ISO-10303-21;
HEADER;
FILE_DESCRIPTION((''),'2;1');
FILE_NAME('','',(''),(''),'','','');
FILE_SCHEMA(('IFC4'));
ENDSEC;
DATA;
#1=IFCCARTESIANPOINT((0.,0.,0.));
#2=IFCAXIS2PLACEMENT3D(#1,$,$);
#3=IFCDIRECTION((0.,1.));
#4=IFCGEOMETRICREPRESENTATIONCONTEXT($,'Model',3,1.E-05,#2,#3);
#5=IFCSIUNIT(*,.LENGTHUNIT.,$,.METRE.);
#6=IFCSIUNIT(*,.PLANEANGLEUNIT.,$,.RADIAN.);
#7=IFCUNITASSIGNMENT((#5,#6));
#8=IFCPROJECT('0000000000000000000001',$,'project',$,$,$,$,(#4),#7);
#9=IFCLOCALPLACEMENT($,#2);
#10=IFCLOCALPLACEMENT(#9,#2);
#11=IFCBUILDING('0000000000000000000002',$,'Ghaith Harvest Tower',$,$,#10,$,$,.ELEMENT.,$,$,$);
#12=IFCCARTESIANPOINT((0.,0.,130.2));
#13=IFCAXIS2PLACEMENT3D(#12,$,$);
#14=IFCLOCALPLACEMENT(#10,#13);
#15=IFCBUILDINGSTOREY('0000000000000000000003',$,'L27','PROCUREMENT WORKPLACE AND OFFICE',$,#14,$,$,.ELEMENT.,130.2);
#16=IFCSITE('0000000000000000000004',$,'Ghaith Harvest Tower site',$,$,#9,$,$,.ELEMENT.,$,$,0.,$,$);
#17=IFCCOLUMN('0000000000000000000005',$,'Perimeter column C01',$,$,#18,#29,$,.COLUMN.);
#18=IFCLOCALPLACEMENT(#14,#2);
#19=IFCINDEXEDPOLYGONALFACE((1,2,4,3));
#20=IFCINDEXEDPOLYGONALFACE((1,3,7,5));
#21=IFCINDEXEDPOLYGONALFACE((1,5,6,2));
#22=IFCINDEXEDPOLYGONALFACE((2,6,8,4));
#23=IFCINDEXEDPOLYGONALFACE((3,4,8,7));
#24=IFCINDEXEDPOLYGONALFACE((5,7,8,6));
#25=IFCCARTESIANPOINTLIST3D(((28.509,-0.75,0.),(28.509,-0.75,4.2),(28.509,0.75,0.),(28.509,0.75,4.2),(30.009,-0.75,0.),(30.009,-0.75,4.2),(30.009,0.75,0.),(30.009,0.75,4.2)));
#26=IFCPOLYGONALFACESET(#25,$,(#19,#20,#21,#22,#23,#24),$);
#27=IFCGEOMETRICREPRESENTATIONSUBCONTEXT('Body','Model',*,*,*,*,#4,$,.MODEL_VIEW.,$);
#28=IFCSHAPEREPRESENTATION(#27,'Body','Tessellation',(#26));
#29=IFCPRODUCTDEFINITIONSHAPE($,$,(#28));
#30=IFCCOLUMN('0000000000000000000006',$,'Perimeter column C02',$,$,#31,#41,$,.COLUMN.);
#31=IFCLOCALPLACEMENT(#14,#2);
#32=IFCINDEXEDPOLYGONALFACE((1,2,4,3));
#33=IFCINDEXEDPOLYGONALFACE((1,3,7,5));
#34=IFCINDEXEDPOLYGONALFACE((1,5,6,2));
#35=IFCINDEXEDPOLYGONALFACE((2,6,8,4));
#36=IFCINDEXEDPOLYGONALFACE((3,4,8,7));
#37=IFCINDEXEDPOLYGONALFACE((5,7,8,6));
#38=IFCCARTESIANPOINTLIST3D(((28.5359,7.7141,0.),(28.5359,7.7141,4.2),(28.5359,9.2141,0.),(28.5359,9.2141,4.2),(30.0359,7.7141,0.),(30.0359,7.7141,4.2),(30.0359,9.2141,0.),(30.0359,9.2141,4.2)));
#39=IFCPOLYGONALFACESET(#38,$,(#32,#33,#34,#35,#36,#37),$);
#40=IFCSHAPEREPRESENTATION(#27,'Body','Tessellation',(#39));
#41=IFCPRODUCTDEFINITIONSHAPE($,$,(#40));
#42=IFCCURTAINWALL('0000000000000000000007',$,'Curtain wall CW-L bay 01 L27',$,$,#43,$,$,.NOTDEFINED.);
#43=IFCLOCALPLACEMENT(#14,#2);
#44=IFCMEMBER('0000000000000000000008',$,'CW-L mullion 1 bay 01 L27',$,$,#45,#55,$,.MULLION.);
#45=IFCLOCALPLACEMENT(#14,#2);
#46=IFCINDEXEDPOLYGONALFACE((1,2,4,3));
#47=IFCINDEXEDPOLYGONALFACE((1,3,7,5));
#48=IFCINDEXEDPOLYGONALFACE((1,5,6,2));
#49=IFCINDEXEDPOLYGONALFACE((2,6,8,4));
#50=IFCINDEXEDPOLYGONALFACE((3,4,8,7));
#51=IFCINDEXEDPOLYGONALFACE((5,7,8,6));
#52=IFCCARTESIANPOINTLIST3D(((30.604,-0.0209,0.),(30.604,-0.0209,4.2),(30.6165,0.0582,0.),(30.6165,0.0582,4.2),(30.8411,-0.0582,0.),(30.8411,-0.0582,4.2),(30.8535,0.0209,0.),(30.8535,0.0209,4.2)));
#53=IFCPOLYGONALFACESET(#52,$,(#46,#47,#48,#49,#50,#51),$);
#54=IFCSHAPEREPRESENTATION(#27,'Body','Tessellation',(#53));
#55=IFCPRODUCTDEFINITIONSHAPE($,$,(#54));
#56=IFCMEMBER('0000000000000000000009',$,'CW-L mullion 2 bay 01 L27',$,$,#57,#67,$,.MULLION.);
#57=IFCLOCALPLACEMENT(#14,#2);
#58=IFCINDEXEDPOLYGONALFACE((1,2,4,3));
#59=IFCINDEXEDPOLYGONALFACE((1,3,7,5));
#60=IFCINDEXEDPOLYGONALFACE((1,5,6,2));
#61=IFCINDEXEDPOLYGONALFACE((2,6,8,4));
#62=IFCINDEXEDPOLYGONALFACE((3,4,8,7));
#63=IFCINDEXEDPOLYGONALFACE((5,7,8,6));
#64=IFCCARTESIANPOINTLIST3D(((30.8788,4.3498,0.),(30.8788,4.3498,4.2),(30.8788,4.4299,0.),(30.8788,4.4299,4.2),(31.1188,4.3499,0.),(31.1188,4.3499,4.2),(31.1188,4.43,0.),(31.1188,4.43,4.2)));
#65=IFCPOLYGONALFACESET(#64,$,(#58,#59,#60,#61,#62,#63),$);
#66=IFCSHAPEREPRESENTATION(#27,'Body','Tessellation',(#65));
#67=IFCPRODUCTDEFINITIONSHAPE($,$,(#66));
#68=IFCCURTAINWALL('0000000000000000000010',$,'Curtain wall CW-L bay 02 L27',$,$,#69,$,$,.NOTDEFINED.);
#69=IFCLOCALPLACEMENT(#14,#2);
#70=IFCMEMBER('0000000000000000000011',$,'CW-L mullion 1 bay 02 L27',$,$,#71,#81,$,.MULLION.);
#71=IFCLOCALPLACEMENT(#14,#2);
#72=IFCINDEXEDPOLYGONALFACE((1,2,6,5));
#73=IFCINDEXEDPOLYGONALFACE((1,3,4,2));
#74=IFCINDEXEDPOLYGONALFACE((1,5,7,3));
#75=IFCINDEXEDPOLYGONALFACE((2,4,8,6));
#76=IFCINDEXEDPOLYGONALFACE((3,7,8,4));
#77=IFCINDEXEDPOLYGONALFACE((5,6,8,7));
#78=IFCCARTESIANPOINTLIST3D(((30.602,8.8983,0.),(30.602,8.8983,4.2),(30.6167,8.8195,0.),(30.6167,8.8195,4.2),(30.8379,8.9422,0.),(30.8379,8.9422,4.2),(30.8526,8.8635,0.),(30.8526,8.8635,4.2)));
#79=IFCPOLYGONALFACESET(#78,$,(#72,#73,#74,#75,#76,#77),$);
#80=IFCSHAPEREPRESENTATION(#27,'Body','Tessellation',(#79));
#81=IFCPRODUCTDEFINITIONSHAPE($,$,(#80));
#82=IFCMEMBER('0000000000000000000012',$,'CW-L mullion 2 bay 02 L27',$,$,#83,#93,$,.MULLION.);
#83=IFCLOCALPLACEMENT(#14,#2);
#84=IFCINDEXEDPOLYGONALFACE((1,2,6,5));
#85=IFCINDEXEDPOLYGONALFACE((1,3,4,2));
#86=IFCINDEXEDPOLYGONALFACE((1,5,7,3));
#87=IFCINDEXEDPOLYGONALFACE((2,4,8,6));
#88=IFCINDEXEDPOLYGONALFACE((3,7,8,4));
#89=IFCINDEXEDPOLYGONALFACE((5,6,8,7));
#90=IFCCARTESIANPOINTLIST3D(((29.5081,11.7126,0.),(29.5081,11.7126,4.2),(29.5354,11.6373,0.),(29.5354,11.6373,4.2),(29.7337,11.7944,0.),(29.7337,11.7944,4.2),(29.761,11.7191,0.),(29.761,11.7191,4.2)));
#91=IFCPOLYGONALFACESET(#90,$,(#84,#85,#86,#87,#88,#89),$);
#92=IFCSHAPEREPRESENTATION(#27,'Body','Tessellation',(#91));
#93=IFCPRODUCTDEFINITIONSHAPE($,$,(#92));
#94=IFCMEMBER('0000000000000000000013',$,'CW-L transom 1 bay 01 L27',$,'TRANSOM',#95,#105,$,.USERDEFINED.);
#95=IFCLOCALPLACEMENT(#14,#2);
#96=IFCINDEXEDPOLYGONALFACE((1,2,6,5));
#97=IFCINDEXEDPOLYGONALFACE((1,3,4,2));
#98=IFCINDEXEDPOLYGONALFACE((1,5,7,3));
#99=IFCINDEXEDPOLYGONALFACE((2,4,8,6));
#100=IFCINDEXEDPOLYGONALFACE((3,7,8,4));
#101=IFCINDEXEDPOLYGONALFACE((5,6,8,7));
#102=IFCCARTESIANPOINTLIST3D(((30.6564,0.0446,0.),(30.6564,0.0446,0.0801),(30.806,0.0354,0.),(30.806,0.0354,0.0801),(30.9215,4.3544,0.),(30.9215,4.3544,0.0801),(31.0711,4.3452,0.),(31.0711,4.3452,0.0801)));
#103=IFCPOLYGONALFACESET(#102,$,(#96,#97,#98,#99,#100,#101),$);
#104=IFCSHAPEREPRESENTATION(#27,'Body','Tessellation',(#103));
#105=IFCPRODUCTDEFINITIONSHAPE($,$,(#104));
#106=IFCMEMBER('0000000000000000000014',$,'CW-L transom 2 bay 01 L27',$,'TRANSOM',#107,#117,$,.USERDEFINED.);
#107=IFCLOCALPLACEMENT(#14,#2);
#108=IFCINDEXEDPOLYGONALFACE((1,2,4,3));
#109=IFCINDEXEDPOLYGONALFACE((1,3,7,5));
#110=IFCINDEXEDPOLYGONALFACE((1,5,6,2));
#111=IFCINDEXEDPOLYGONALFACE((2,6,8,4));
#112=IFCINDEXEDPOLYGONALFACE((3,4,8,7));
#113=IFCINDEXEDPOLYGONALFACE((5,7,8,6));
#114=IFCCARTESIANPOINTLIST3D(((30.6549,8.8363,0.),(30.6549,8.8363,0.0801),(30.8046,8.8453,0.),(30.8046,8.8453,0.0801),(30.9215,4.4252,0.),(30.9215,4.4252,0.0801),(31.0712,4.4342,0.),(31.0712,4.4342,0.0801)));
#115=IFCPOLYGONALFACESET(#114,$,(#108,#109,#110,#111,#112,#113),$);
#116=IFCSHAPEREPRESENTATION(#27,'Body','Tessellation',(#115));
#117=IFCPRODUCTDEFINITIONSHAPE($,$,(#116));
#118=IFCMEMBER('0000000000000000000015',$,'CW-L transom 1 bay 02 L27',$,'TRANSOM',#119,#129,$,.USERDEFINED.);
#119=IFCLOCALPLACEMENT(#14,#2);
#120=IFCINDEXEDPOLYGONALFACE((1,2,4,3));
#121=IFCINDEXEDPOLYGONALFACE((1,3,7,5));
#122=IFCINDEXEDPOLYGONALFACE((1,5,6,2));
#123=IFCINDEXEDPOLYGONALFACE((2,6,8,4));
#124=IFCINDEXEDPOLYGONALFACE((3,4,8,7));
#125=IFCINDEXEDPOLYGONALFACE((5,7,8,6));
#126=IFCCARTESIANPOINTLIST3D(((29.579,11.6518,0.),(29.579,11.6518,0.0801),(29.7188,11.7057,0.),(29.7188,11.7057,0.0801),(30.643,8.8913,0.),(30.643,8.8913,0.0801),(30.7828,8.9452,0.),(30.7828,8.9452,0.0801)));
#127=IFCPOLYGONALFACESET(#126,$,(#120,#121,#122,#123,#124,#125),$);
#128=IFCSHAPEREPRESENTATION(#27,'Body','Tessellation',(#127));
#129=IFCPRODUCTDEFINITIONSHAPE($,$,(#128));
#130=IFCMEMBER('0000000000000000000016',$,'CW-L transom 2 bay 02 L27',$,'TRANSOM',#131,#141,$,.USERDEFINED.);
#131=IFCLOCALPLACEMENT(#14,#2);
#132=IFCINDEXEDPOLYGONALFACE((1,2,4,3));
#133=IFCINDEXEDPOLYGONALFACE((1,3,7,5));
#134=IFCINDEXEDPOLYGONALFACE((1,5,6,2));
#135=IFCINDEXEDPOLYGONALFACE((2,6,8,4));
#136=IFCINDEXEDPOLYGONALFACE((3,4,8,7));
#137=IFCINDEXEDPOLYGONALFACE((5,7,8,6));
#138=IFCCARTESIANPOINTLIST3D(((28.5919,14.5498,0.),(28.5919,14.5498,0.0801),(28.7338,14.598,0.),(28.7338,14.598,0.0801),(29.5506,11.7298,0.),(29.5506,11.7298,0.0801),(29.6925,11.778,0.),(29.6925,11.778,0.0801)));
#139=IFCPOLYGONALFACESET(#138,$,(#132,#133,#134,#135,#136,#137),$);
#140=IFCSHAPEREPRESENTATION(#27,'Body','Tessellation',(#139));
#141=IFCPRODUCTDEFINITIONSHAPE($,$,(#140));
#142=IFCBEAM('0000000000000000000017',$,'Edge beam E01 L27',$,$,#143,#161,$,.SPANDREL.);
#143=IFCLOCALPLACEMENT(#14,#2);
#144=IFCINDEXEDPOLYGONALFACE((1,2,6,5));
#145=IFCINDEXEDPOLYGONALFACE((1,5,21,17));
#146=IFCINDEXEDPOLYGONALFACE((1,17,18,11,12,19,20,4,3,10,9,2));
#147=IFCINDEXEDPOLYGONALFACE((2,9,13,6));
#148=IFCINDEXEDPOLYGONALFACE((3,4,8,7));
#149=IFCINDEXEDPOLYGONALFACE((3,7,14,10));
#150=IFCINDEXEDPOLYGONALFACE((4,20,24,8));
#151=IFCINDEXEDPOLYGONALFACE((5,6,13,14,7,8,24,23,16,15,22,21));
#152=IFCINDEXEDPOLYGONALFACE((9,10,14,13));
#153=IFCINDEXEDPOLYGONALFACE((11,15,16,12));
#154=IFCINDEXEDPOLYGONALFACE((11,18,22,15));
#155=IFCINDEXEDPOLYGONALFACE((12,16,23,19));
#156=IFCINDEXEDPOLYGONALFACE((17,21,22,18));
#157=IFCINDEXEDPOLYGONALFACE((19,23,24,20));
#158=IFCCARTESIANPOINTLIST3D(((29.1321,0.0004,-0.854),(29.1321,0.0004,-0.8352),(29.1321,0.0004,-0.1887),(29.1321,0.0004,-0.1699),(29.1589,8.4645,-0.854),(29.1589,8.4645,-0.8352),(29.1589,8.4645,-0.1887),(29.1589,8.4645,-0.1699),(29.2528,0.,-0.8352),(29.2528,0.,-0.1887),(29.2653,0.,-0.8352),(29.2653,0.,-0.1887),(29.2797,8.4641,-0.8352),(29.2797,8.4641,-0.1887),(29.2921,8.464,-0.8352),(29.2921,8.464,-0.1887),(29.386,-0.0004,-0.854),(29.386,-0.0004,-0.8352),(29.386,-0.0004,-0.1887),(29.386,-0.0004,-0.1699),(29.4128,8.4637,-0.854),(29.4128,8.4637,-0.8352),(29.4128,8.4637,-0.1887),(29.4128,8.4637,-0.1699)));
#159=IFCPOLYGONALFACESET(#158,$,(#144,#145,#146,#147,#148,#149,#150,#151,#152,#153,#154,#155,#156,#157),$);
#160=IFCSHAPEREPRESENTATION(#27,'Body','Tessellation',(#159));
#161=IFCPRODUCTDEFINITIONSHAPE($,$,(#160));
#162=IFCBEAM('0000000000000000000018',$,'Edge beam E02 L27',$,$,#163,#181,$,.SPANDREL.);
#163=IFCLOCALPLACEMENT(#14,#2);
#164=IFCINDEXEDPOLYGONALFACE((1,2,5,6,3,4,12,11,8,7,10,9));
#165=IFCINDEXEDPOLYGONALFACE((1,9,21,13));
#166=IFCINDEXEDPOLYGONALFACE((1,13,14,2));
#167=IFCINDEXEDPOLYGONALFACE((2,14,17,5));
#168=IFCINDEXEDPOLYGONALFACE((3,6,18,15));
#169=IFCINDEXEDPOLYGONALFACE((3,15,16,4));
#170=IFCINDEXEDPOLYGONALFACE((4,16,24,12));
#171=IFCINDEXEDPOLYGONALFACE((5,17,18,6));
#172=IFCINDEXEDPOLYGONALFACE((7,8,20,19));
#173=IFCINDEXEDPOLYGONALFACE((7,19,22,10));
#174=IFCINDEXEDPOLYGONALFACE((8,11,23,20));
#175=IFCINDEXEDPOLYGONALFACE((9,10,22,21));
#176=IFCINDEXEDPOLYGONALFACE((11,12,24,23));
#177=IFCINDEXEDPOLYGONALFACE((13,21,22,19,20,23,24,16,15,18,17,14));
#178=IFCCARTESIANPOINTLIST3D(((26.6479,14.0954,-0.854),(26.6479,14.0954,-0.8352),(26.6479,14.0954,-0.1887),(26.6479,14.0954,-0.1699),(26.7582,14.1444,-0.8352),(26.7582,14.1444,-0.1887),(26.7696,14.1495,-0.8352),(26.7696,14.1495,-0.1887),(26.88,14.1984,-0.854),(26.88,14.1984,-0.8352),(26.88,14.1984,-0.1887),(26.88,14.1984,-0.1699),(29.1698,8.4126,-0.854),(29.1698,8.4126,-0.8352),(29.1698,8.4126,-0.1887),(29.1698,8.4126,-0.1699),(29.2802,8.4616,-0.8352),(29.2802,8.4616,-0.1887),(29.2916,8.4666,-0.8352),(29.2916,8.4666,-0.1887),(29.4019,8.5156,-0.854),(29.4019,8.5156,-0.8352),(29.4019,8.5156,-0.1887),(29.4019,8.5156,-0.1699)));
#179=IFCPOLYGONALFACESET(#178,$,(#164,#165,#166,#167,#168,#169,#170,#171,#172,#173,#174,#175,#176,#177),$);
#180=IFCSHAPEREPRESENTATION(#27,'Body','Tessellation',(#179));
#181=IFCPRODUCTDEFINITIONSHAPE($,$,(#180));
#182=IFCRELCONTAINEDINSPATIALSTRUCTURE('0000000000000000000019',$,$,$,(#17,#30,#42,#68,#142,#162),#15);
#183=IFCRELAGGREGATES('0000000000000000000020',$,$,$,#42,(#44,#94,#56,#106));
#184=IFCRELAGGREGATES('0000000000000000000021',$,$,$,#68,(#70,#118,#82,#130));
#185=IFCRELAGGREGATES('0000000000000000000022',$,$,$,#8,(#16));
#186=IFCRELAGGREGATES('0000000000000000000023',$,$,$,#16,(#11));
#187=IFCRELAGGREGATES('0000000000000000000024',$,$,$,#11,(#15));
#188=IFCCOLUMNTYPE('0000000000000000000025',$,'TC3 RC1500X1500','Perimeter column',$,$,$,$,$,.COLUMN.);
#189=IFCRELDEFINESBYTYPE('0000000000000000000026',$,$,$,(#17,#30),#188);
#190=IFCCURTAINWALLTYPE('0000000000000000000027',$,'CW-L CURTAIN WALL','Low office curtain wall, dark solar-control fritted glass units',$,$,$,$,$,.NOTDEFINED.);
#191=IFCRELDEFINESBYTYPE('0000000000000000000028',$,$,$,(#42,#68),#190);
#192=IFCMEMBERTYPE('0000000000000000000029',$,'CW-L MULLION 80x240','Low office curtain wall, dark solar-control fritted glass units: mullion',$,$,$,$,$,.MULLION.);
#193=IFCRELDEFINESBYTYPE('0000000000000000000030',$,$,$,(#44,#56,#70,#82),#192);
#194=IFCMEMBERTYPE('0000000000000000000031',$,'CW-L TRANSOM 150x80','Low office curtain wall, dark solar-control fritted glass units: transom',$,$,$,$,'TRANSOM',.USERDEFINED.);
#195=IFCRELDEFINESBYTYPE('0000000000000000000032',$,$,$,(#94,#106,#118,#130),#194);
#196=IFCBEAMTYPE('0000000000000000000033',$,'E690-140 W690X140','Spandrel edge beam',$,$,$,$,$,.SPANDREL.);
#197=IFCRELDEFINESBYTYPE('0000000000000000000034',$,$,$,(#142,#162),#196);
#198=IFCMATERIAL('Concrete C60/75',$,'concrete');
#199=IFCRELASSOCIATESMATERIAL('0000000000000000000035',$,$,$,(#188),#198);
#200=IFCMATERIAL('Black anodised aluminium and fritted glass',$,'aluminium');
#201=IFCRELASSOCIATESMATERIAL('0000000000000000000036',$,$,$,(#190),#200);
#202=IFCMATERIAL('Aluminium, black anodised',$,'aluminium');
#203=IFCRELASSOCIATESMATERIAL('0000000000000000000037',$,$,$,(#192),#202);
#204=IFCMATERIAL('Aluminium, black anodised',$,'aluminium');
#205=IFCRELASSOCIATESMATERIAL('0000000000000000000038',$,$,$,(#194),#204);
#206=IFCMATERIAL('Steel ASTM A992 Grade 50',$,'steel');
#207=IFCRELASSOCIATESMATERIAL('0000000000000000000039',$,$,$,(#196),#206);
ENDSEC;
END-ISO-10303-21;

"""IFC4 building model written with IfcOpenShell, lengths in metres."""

from ifc_helpers import new_model, si_unit, direction, frame, origin, origin_2d, place, context, subcontext, project, spatial, rectangle, i_section, extrude, material, material_profile, profile_set, type_object, element, aggregate, save


model = new_model("IFC4")

# Units and contexts
model_context = context("Model", 3, precision=1e-05, world=origin(), true_north=direction((0.0, 1.0)))
body_context = subcontext(model_context, "Body", "Model", "MODEL_VIEW")
ifc_project = project(units=[si_unit("LENGTHUNIT", "METRE"), si_unit("PLANEANGLEUNIT", "RADIAN")], contexts=[model_context])

# Site, building, storey
site_placement = place(None, origin())
site = spatial("IfcSite", under=ifc_project, at=site_placement, Name="Ghaith Harvest Tower site", CompositionType="ELEMENT", RefElevation=0.0)
building_placement = place(site_placement, origin())
building = spatial("IfcBuilding", under=site, at=building_placement, Name="Ghaith Harvest Tower", CompositionType="ELEMENT")
storey_placement = place(building_placement, frame((0.0, 0.0, 130.2)))
storey = spatial("IfcBuildingStorey", under=building, at=storey_placement, Name="L27", Description="PROCUREMENT WORKPLACE AND OFFICE", CompositionType="ELEMENT", Elevation=130.2)

# Columns
ifc_material_1 = material(Name="Concrete C60/75", Category="concrete")
ifc_material_profile_1 = material_profile(ifc_material_1, rectangle(XDim=1.5, YDim=1.5, at=origin_2d()), Name="RC1500X1500")
ifc_profile_set_1 = profile_set([ifc_material_profile_1], Name="Concrete C60/75")
column_type = type_object("IfcColumnType", Name="TC3 RC1500X1500", Description="Perimeter column", PredefinedType="COLUMN", material=ifc_profile_set_1)
for number, where, z_axis, x_axis, name in (
    (1, (29.259, 0.0, 0.0), (0.0, 0.0, 1.0), (1.0, 0.0, 0.0), "Perimeter column C01"),
    (2, (29.2859, 8.4641, 0.0), (0.0, 0.0, 1.0), (1.0, 0.0, 0.0), "Perimeter column C02"),
):
    element("IfcColumn", number, at=place(storey_placement, frame(where, z_axis=z_axis, x_axis=x_axis)), inside=storey, type_object=column_type, Name=name, PredefinedType="COLUMN", context=body_context, shape_type="SweptSolid", body=[
        extrude(rectangle(XDim=1.5, YDim=1.5, at=origin_2d()), origin(), (0.0, 0.0, 1.0), 4.2),
    ])

# Curtain walls, members
ifc_material_2 = material(Name="Black anodised aluminium and fritted glass", Category="aluminium")
curtain_wall_type = type_object("IfcCurtainWallType", Name="CW-L CURTAIN WALL", Description="Low office curtain wall, dark solar-control fritted glass units", PredefinedType="NOTDEFINED", material=ifc_material_2)
curtain_wall_1_placement = place(storey_placement, origin())
curtain_wall_1 = element("IfcCurtainWall", 3, at=curtain_wall_1_placement, inside=storey, type_object=curtain_wall_type, Name="Curtain wall CW-L bay 01 L27", PredefinedType="NOTDEFINED")
ifc_material_3 = material(Name="Aluminium, black anodised", Category="aluminium")
ifc_material_profile_2 = material_profile(ifc_material_3, rectangle(XDim=0.0801, YDim=0.24, at=origin_2d()), Name="CW-L MULLION 80x240")
ifc_profile_set_2 = profile_set([ifc_material_profile_2], Name="Aluminium, black anodised")
member_type_1 = type_object("IfcMemberType", Name="CW-L MULLION 80x240", Description="Low office curtain wall, dark solar-control fritted glass units: mullion", PredefinedType="MULLION", material=ifc_profile_set_2)
member_1_placement = place(storey_placement, frame((30.7288, 0.0, 0.0), z_axis=(0.0, 0.0, 1.0), x_axis=(0.155597, 0.987821, 0.0)))
member_1 = element("IfcMember", 4, at=member_1_placement, type_object=member_type_1, Name="CW-L mullion 1 bay 01 L27", PredefinedType="MULLION", context=body_context, shape_type="SweptSolid", body=[
    extrude(rectangle(XDim=0.0801, YDim=0.24, at=origin_2d()), origin(), (0.0, 0.0, 1.0), 4.2),
])
member_2_placement = place(storey_placement, frame((30.9988, 4.3899, 0.0), z_axis=(0.0, 0.0, 1.0), x_axis=(-0.000162, 1.0, 0.0)))
member_2 = element("IfcMember", 5, at=member_2_placement, type_object=member_type_1, Name="CW-L mullion 2 bay 01 L27", PredefinedType="MULLION", context=body_context, shape_type="SweptSolid", body=[
    extrude(rectangle(XDim=0.0801, YDim=0.24, at=origin_2d()), origin(), (0.0, 0.0, 1.0), 4.2),
])
curtain_wall_2_placement = place(storey_placement, origin())
curtain_wall_2 = element("IfcCurtainWall", 6, at=curtain_wall_2_placement, inside=storey, type_object=curtain_wall_type, Name="Curtain wall CW-L bay 02 L27", PredefinedType="NOTDEFINED")
member_3_placement = place(storey_placement, frame((30.7273, 8.8809, 0.0), z_axis=(0.0, 0.0, 1.0), x_axis=(-0.18307, 0.9831, 0.0)))
member_3 = element("IfcMember", 7, at=member_3_placement, type_object=member_type_1, Name="CW-L mullion 1 bay 02 L27", PredefinedType="MULLION", context=body_context, shape_type="SweptSolid", body=[
    extrude(rectangle(XDim=0.0801, YDim=0.24, at=origin_2d()), origin(), (0.0, 0.0, 1.0), 4.2),
])
member_4_placement = place(storey_placement, frame((29.6345, 11.7158, 0.0), z_axis=(0.0, 0.0, 1.0), x_axis=(-0.340771, 0.940146, 0.0)))
member_4 = element("IfcMember", 8, at=member_4_placement, type_object=member_type_1, Name="CW-L mullion 2 bay 02 L27", PredefinedType="MULLION", context=body_context, shape_type="SweptSolid", body=[
    extrude(rectangle(XDim=0.0801, YDim=0.24, at=origin_2d()), origin(), (0.0, 0.0, 1.0), 4.2),
])

# Members
ifc_material_4 = material(Name="Aluminium, black anodised", Category="aluminium")
ifc_material_profile_3 = material_profile(ifc_material_4, rectangle(XDim=0.1499, YDim=0.0801, at=origin_2d()), Name="CW-L TRANSOM 150x80")
ifc_profile_set_3 = profile_set([ifc_material_profile_3], Name="Aluminium, black anodised")
member_type_2 = type_object("IfcMemberType", Name="CW-L TRANSOM 150x80", Description="Low office curtain wall, dark solar-control fritted glass units: transom", ElementType="TRANSOM", PredefinedType="USERDEFINED", material=ifc_profile_set_3)
member_5_placement = place(storey_placement, frame((30.7312, 0.04, 0.04), z_axis=(0.061403, 0.998113, 0.0), x_axis=(-0.998113, 0.061403, 0.0)))
member_5 = element("IfcMember", 9, at=member_5_placement, type_object=member_type_2, Name="CW-L transom 1 bay 01 L27", ObjectType="TRANSOM", PredefinedType="USERDEFINED", context=body_context, shape_type="SweptSolid", body=[
    extrude(rectangle(XDim=0.1499, YDim=0.0801, at=origin_2d()), origin(), (0.0, 0.0, 1.0), 4.3179),
])
member_6_placement = place(storey_placement, frame((30.9963, 4.4297, 0.04), z_axis=(-0.060328, 0.998179, 0.0), x_axis=(-0.998179, -0.060328, 0.0)))
member_6 = element("IfcMember", 10, at=member_6_placement, type_object=member_type_2, Name="CW-L transom 2 bay 01 L27", ObjectType="TRANSOM", PredefinedType="USERDEFINED", context=body_context, shape_type="SweptSolid", body=[
    extrude(rectangle(XDim=0.1499, YDim=0.0801, at=origin_2d()), origin(), (0.0, 0.0, 1.0), 4.4192),
])
member_7_placement = place(storey_placement, frame((30.7129, 8.9182, 0.04), z_axis=(-0.359637, 0.933092, 0.0), x_axis=(-0.933092, -0.359637, 0.0)))
member_7 = element("IfcMember", 11, at=member_7_placement, type_object=member_type_2, Name="CW-L transom 1 bay 02 L27", ObjectType="TRANSOM", PredefinedType="USERDEFINED", context=body_context, shape_type="SweptSolid", body=[
    extrude(rectangle(XDim=0.1499, YDim=0.0801, at=origin_2d()), origin(), (0.0, 0.0, 1.0), 2.9585),
])
member_8_placement = place(storey_placement, frame((29.6216, 11.7539, 0.04), z_axis=(-0.321878, 0.946781, 0.0), x_axis=(-0.946781, -0.321878, 0.0)))
member_8 = element("IfcMember", 12, at=member_8_placement, type_object=member_type_2, Name="CW-L transom 2 bay 02 L27", ObjectType="TRANSOM", PredefinedType="USERDEFINED", context=body_context, shape_type="SweptSolid", body=[
    extrude(rectangle(XDim=0.1499, YDim=0.0801, at=origin_2d()), origin(), (0.0, 0.0, 1.0), 2.9785),
])

# Beams
ifc_material_5 = material(Name="Steel ASTM A992 Grade 50", Category="steel")
ifc_material_profile_4 = material_profile(ifc_material_5, i_section(OverallWidth=0.2539, OverallDepth=0.6841, WebThickness=0.0125, FlangeThickness=0.0188, at=origin_2d()), Name="W690X140")
ifc_profile_set_4 = profile_set([ifc_material_profile_4], Name="Steel ASTM A992 Grade 50")
beam_type = type_object("IfcBeamType", Name="E690-140 W690X140", Description="Spandrel edge beam", PredefinedType="SPANDREL", material=ifc_profile_set_4)
beam_1_placement = place(storey_placement, frame((29.259, 0.0, -0.512), z_axis=(0.003173, 0.999995, 0.0), x_axis=(-0.999995, 0.003173, 0.0)))
element("IfcBeam", 13, at=beam_1_placement, inside=storey, type_object=beam_type, Name="Edge beam E01 L27", PredefinedType="SPANDREL", context=body_context, shape_type="SweptSolid", body=[
    extrude(i_section(OverallWidth=0.2539, OverallDepth=0.6841, WebThickness=0.0125, FlangeThickness=0.0188, at=origin_2d()), origin(), (0.0, 0.0, 1.0), 8.4641),
])
beam_2_placement = place(storey_placement, frame((29.2859, 8.4641, -0.512), z_axis=(-0.405636, 0.914035, 0.0), x_axis=(-0.914035, -0.405636, 0.0)))
element("IfcBeam", 14, at=beam_2_placement, inside=storey, type_object=beam_type, Name="Edge beam E02 L27", PredefinedType="SPANDREL", context=body_context, shape_type="SweptSolid", body=[
    extrude(i_section(OverallWidth=0.2539, OverallDepth=0.6841, WebThickness=0.0125, FlangeThickness=0.0188, at=origin_2d()), origin(), (0.0, 0.0, 1.0), 6.2173),
])

aggregate(curtain_wall_1, [member_1, member_5, member_2, member_6])
aggregate(curtain_wall_2, [member_3, member_7, member_4, member_8])

save(model, "model.ifc")
